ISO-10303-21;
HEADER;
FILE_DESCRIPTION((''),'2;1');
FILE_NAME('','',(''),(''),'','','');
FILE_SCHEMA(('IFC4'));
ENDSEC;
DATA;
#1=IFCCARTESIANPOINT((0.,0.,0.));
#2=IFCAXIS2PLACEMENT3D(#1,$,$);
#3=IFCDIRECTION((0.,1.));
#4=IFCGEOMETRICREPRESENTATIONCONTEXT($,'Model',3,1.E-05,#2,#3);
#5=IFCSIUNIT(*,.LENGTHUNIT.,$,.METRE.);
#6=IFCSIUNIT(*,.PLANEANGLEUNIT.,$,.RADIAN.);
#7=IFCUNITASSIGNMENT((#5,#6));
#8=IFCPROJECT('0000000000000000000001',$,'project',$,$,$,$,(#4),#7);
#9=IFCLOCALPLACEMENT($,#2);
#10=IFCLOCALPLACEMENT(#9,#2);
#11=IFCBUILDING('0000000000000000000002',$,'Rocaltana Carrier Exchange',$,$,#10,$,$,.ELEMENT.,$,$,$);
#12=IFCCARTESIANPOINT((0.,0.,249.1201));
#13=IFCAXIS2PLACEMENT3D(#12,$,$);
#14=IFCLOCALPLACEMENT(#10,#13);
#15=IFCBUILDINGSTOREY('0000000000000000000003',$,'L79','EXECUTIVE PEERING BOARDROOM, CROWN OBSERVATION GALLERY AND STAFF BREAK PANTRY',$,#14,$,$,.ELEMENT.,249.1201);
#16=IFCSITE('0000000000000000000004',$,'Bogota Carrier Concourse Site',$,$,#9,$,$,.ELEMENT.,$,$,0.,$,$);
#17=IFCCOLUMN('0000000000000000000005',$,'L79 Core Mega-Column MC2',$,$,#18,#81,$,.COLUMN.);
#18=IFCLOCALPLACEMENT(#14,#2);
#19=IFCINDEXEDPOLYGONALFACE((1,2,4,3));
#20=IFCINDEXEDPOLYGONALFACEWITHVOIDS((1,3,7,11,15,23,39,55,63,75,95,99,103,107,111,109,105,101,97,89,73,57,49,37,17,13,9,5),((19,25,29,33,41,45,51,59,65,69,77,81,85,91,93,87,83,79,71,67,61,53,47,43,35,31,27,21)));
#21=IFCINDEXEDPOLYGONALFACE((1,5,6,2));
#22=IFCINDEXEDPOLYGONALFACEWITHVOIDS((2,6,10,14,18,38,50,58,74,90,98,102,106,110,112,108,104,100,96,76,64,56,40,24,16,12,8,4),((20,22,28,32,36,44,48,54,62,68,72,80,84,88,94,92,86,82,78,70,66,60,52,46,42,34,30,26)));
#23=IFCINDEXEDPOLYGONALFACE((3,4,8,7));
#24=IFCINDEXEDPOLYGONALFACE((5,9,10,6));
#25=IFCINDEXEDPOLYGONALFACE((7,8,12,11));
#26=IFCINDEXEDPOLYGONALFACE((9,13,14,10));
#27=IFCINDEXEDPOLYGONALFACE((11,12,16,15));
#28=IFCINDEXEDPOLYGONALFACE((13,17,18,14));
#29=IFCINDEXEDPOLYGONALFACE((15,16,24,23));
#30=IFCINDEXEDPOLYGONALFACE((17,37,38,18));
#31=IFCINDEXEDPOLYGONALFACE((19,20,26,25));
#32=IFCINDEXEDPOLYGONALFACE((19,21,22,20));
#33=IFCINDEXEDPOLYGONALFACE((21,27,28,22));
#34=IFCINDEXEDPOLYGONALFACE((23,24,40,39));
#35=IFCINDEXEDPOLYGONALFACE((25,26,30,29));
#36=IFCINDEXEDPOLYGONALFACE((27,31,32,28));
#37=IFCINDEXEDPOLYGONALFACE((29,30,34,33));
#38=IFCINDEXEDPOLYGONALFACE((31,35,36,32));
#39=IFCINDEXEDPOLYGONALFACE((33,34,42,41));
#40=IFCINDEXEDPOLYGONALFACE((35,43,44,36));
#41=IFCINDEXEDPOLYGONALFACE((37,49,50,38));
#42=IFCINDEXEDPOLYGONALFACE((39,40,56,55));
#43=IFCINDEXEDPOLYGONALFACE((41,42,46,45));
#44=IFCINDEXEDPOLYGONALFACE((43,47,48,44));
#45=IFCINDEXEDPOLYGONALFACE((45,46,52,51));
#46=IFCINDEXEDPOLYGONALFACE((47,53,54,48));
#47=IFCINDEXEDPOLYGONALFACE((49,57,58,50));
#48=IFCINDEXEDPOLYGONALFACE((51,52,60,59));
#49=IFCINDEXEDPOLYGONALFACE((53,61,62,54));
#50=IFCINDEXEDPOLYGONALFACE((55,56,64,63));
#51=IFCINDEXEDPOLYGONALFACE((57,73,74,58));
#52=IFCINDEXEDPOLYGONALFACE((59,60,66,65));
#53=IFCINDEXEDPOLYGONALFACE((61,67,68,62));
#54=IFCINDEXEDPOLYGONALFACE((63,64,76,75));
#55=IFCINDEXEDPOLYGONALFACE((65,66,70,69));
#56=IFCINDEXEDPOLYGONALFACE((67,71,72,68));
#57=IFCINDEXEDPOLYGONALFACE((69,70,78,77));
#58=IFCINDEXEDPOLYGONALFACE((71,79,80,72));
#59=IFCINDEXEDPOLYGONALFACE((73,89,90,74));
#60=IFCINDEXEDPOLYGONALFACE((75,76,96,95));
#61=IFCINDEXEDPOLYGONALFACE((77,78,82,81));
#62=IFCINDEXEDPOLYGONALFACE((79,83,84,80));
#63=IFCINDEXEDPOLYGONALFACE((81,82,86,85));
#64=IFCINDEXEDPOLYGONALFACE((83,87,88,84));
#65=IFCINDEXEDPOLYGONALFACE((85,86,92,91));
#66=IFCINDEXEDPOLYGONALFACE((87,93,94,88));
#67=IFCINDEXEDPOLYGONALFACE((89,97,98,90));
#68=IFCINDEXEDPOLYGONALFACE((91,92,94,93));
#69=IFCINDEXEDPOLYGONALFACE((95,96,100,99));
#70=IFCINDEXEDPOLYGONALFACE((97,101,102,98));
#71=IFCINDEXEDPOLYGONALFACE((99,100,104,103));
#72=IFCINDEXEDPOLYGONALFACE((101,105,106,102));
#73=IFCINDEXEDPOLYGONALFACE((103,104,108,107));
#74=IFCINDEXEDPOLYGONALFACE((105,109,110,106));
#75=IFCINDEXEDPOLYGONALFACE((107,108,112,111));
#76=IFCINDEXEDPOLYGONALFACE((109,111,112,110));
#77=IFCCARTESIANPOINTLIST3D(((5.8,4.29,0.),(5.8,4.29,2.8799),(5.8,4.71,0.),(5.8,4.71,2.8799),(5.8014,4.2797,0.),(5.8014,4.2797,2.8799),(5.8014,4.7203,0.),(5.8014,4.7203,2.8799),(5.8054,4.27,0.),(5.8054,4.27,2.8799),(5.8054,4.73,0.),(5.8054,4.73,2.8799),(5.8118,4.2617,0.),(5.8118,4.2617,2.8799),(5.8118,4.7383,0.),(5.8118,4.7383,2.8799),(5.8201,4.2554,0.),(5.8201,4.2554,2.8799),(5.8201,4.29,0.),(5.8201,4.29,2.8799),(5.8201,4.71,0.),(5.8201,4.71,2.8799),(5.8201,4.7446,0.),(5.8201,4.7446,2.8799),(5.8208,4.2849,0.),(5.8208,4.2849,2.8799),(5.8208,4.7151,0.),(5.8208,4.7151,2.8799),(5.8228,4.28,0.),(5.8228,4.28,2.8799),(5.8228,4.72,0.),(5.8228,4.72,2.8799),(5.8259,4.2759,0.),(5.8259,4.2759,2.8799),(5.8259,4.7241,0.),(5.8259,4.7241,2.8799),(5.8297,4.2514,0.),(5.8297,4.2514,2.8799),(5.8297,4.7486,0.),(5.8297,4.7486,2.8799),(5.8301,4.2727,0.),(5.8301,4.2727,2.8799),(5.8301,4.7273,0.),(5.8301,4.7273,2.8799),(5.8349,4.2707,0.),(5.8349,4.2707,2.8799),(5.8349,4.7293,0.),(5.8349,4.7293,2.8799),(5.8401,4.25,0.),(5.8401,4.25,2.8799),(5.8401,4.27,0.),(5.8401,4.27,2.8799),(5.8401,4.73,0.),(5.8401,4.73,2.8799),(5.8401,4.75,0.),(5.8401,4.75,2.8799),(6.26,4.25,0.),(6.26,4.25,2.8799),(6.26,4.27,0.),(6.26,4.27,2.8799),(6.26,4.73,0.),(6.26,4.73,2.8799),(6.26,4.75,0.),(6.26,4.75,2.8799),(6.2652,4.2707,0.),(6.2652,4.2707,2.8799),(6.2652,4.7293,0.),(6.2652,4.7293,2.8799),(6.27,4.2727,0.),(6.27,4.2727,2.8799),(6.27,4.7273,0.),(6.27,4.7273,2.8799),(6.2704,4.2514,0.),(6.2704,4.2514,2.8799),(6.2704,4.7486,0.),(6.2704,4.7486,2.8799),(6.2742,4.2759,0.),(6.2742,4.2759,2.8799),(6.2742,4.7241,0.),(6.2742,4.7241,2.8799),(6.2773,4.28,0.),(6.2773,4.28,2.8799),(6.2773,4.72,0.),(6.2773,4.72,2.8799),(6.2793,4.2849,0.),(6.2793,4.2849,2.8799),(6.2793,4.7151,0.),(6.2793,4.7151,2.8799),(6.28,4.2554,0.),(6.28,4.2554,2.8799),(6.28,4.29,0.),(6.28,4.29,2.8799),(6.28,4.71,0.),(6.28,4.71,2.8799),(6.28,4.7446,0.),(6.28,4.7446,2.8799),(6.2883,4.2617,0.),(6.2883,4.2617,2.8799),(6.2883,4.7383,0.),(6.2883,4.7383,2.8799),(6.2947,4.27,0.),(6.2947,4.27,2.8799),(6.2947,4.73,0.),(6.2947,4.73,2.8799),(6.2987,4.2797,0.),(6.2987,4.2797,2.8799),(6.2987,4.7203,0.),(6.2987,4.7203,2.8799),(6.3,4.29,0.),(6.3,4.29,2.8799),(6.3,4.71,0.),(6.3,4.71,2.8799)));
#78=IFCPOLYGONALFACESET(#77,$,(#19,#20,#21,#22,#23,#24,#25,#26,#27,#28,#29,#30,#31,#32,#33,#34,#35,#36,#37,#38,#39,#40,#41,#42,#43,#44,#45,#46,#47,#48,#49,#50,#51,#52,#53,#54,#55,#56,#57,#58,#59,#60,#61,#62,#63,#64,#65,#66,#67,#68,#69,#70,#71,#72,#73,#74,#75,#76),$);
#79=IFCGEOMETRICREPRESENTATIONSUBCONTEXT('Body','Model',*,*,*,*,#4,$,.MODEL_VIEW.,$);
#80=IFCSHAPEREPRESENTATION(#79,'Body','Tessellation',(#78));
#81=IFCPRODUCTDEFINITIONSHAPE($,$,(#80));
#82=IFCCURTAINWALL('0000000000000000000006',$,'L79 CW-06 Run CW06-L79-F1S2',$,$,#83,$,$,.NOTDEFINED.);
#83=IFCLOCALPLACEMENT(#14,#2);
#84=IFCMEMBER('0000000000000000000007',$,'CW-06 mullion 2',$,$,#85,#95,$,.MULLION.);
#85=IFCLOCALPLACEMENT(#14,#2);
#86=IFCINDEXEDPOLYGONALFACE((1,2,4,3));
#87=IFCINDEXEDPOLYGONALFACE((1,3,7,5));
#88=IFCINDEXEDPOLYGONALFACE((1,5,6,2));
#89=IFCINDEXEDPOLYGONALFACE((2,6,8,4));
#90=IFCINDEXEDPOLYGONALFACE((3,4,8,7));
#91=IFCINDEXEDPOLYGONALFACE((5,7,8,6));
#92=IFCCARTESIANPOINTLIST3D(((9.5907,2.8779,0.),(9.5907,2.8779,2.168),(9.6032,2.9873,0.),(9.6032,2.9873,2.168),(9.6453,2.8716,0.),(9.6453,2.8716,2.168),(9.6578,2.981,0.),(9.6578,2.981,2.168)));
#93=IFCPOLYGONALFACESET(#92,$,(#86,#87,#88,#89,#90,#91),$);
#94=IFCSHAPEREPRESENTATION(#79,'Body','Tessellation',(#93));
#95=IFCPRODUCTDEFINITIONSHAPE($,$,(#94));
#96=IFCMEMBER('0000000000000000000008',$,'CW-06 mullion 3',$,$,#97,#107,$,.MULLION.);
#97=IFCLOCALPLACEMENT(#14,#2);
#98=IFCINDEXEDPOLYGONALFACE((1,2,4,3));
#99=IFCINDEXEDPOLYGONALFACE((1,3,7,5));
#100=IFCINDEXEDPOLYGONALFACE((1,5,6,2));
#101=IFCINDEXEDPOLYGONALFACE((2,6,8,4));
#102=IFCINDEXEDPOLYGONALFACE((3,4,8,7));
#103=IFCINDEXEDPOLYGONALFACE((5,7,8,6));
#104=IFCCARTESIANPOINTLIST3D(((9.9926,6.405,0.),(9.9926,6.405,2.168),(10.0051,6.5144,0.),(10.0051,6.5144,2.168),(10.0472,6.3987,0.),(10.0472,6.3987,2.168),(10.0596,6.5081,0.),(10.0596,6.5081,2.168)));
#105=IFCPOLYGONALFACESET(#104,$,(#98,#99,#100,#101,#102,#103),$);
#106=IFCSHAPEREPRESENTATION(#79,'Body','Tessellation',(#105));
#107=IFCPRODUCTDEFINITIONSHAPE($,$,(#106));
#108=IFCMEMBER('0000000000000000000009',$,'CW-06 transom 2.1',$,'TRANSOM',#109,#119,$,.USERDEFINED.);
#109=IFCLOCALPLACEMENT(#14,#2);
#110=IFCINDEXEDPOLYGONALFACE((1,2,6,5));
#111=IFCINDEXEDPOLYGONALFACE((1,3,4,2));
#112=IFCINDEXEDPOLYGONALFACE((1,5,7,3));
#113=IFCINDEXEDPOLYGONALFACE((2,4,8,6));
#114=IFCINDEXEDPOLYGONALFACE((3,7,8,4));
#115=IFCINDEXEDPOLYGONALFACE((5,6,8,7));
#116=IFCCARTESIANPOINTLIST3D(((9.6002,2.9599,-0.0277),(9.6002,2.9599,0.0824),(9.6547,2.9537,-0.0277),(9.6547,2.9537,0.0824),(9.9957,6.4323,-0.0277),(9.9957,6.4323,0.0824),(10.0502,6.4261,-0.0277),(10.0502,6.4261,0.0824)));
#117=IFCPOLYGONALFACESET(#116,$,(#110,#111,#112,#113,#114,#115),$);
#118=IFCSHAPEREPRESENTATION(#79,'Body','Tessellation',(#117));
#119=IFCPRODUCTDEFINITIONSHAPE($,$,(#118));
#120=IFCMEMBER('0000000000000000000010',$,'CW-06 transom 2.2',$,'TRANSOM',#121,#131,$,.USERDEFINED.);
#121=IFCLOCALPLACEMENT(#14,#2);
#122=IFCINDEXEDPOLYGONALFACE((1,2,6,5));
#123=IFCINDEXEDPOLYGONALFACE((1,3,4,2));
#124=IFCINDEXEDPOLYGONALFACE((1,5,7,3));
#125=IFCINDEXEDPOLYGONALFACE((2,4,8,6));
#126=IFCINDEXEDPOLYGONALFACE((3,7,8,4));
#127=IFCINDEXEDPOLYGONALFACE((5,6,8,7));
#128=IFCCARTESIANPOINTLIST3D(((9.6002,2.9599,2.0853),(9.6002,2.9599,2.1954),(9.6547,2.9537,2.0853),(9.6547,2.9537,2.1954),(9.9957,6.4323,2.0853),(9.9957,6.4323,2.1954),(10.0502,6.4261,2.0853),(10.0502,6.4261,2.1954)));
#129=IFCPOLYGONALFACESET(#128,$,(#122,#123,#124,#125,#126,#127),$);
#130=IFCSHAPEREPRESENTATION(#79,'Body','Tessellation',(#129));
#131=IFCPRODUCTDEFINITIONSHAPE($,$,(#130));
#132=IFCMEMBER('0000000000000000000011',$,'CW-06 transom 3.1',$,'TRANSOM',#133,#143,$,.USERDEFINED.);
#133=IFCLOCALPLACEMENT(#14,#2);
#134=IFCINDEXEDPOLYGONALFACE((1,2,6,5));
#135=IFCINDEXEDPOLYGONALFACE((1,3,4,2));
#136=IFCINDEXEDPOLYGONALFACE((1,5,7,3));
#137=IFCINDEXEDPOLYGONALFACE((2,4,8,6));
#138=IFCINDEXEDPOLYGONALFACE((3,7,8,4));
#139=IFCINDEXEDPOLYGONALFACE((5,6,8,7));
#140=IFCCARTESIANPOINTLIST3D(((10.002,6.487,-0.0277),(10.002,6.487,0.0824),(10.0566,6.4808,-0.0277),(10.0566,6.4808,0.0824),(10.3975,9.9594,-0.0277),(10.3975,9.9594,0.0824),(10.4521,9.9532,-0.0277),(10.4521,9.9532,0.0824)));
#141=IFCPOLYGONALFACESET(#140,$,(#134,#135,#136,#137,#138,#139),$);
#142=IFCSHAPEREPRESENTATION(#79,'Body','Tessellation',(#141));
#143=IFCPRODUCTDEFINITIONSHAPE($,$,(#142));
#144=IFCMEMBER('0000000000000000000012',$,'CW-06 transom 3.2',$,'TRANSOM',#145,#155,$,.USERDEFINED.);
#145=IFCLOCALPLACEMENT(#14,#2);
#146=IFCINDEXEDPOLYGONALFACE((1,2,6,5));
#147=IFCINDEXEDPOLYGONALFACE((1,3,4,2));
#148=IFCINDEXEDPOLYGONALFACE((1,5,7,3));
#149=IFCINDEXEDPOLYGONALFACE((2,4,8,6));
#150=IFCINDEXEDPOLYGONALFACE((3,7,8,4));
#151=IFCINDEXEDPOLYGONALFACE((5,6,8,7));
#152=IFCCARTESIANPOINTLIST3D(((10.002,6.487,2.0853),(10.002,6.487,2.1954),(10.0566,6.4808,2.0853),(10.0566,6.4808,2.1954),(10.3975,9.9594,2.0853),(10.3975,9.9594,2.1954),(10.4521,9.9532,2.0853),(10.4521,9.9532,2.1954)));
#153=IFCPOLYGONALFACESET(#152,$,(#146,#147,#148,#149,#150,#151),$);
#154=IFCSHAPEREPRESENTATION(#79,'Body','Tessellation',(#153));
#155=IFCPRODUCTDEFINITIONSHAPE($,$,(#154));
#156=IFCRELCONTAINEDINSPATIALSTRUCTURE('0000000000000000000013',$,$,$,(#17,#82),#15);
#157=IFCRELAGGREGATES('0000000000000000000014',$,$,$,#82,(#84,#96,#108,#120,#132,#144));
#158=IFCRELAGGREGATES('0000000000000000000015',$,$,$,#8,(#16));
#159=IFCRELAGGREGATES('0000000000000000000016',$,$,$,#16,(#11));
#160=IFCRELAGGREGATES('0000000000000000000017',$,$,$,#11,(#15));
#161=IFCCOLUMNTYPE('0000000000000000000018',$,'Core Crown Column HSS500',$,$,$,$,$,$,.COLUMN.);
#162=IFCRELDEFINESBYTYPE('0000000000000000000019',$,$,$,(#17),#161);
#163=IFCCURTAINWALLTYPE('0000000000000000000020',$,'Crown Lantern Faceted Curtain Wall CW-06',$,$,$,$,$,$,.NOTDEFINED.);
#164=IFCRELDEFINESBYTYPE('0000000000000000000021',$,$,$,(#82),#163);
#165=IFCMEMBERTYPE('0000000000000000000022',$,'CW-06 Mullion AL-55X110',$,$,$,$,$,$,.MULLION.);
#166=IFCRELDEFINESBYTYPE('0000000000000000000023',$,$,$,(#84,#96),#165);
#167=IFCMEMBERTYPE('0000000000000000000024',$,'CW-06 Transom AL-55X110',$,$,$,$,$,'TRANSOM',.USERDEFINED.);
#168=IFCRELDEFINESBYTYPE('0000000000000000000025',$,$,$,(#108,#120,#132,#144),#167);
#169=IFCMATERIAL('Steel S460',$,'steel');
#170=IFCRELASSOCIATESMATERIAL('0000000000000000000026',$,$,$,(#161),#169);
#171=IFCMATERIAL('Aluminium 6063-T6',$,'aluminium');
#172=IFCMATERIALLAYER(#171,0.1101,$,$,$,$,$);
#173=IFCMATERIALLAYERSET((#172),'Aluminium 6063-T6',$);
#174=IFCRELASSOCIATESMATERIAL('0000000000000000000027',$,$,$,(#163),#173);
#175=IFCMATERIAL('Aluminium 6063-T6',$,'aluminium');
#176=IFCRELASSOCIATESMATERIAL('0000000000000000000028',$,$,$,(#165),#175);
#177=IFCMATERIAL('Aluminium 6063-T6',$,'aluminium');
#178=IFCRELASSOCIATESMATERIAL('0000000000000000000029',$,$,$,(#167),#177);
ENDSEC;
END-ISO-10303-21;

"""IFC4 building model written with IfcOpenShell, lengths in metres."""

from ifc_helpers import new_model, si_unit, direction, frame, origin, origin_2d, place, context, subcontext, project, spatial, rectangle, hollow_rectangle, extrude, material, layer, layer_set, material_profile, profile_set, type_object, element, aggregate, save


model = new_model("IFC4")

# Units and contexts
model_context = context("Model", 3, precision=1e-05, world=origin(), true_north=direction((0.0, 1.0)))
body_context = subcontext(model_context, "Body", "Model", "MODEL_VIEW")
ifc_project = project(units=[si_unit("LENGTHUNIT", "METRE"), si_unit("PLANEANGLEUNIT", "RADIAN")], contexts=[model_context])

# Site, building, storey
site_placement = place(None, origin())
site = spatial("IfcSite", under=ifc_project, at=site_placement, Name="Bogota Carrier Concourse Site", CompositionType="ELEMENT", RefElevation=0.0)
building_placement = place(site_placement, origin())
building = spatial("IfcBuilding", under=site, at=building_placement, Name="Rocaltana Carrier Exchange", CompositionType="ELEMENT")
storey_placement = place(building_placement, frame((0.0, 0.0, 249.1201)))
storey = spatial("IfcBuildingStorey", under=building, at=storey_placement, Name="L79", Description="EXECUTIVE PEERING BOARDROOM, CROWN OBSERVATION GALLERY AND STAFF BREAK PANTRY", CompositionType="ELEMENT", Elevation=249.1201)

# Column
ifc_material_1 = material(Name="Steel S460", Category="steel")
ifc_material_profile_1 = material_profile(ifc_material_1, hollow_rectangle(XDim=0.5, YDim=0.5, WallThickness=0.02, InnerFilletRadius=0.02, OuterFilletRadius=0.04, at=origin_2d()), Name="HSS500X500X20")
ifc_profile_set_1 = profile_set([ifc_material_profile_1], Name="Steel S460")
column_type = type_object("IfcColumnType", Name="Core Crown Column HSS500", PredefinedType="COLUMN", material=ifc_profile_set_1)
column_placement = place(storey_placement, frame((6.05, 4.5, 0.0), z_axis=(0.0, 0.0, 1.0), x_axis=(1.0, 0.0, 0.0)))
element("IfcColumn", 1, at=column_placement, inside=storey, type_object=column_type, Name="L79 Core Mega-Column MC2", PredefinedType="COLUMN", context=body_context, shape_type="SweptSolid", body=[
    extrude(hollow_rectangle(XDim=0.5, YDim=0.5, WallThickness=0.02, InnerFilletRadius=0.02, OuterFilletRadius=0.04, at=origin_2d()), origin(), (0.0, 0.0, 1.0), 2.8799),
])

# Curtain wall, members
ifc_material_2 = material(Name="Aluminium 6063-T6", Category="aluminium")
ifc_layer_1 = layer(ifc_material_2, 0.1101)
ifc_layer_set_1 = layer_set([ifc_layer_1], Name="Aluminium 6063-T6")
curtain_wall_type = type_object("IfcCurtainWallType", Name="Crown Lantern Faceted Curtain Wall CW-06", PredefinedType="NOTDEFINED", material=ifc_layer_set_1)
curtain_wall_placement = place(storey_placement, origin())
curtain_wall = element("IfcCurtainWall", 2, at=curtain_wall_placement, inside=storey, type_object=curtain_wall_type, Name="L79 CW-06 Run CW06-L79-F1S2", PredefinedType="NOTDEFINED")
ifc_material_3 = material(Name="Aluminium 6063-T6", Category="aluminium")
ifc_material_profile_2 = material_profile(ifc_material_3, rectangle(XDim=0.0549, YDim=0.1101, at=origin_2d()), Name="AL-55X110")
ifc_profile_set_2 = profile_set([ifc_material_profile_2], Name="Aluminium 6063-T6")
member_type_1 = type_object("IfcMemberType", Name="CW-06 Mullion AL-55X110", PredefinedType="MULLION", material=ifc_profile_set_2)
member_1_placement = place(storey_placement, frame((9.6243, 2.9294, 0.0), z_axis=(0.0, 0.0, 1.0), x_axis=(-0.993572, 0.113204, 0.0)))
member_1 = element("IfcMember", 3, at=member_1_placement, type_object=member_type_1, Name="CW-06 mullion 2", PredefinedType="MULLION", context=body_context, shape_type="SweptSolid", body=[
    extrude(rectangle(XDim=0.0549, YDim=0.1101, at=origin_2d()), origin(), (0.0, 0.0, 1.0), 2.168),
])
member_2_placement = place(storey_placement, frame((10.0261, 6.4565, 0.0), z_axis=(0.0, 0.0, 1.0), x_axis=(-0.993572, 0.113204, 0.0)))
member_2 = element("IfcMember", 4, at=member_2_placement, type_object=member_type_1, Name="CW-06 mullion 3", PredefinedType="MULLION", context=body_context, shape_type="SweptSolid", body=[
    extrude(rectangle(XDim=0.0549, YDim=0.1101, at=origin_2d()), origin(), (0.0, 0.0, 1.0), 2.168),
])
ifc_material_4 = material(Name="Aluminium 6063-T6", Category="aluminium")
ifc_material_profile_3 = material_profile(ifc_material_4, rectangle(XDim=0.0549, YDim=0.1101, at=origin_2d()), Name="AL-55X110")
ifc_profile_set_3 = profile_set([ifc_material_profile_3], Name="Aluminium 6063-T6")
member_type_2 = type_object("IfcMemberType", Name="CW-06 Transom AL-55X110", ElementType="TRANSOM", PredefinedType="USERDEFINED", material=ifc_profile_set_3)
member_3_placement = place(storey_placement, frame((9.6274, 2.9568, 0.0273), z_axis=(0.113168, 0.993576, 0.0), x_axis=(-0.993576, 0.113168, 0.0)))
member_3 = element("IfcMember", 5, at=member_3_placement, type_object=member_type_2, Name="CW-06 transom 2.1", ObjectType="TRANSOM", PredefinedType="USERDEFINED", context=body_context, shape_type="SweptSolid", body=[
    extrude(rectangle(XDim=0.0549, YDim=0.1101, at=origin_2d()), origin(), (0.0, 0.0, 1.0), 3.4949),
])
member_4_placement = place(storey_placement, frame((9.6274, 2.9568, 2.1404), z_axis=(0.113168, 0.993576, 0.0), x_axis=(-0.993576, 0.113168, 0.0)))
member_4 = element("IfcMember", 6, at=member_4_placement, type_object=member_type_2, Name="CW-06 transom 2.2", ObjectType="TRANSOM", PredefinedType="USERDEFINED", context=body_context, shape_type="SweptSolid", body=[
    extrude(rectangle(XDim=0.0549, YDim=0.1101, at=origin_2d()), origin(), (0.0, 0.0, 1.0), 3.4949),
])
member_5_placement = place(storey_placement, frame((10.0293, 6.4839, 0.0273), z_axis=(0.113168, 0.993576, 0.0), x_axis=(-0.993576, 0.113168, 0.0)))
member_5 = element("IfcMember", 7, at=member_5_placement, type_object=member_type_2, Name="CW-06 transom 3.1", ObjectType="TRANSOM", PredefinedType="USERDEFINED", context=body_context, shape_type="SweptSolid", body=[
    extrude(rectangle(XDim=0.0549, YDim=0.1101, at=origin_2d()), origin(), (0.0, 0.0, 1.0), 3.4949),
])
member_6_placement = place(storey_placement, frame((10.0293, 6.4839, 2.1404), z_axis=(0.113168, 0.993576, 0.0), x_axis=(-0.993576, 0.113168, 0.0)))
member_6 = element("IfcMember", 8, at=member_6_placement, type_object=member_type_2, Name="CW-06 transom 3.2", ObjectType="TRANSOM", PredefinedType="USERDEFINED", context=body_context, shape_type="SweptSolid", body=[
    extrude(rectangle(XDim=0.0549, YDim=0.1101, at=origin_2d()), origin(), (0.0, 0.0, 1.0), 3.4949),
])

aggregate(curtain_wall, [member_1, member_2, member_3, member_4, member_5, member_6])

save(model, "model.ifc")
